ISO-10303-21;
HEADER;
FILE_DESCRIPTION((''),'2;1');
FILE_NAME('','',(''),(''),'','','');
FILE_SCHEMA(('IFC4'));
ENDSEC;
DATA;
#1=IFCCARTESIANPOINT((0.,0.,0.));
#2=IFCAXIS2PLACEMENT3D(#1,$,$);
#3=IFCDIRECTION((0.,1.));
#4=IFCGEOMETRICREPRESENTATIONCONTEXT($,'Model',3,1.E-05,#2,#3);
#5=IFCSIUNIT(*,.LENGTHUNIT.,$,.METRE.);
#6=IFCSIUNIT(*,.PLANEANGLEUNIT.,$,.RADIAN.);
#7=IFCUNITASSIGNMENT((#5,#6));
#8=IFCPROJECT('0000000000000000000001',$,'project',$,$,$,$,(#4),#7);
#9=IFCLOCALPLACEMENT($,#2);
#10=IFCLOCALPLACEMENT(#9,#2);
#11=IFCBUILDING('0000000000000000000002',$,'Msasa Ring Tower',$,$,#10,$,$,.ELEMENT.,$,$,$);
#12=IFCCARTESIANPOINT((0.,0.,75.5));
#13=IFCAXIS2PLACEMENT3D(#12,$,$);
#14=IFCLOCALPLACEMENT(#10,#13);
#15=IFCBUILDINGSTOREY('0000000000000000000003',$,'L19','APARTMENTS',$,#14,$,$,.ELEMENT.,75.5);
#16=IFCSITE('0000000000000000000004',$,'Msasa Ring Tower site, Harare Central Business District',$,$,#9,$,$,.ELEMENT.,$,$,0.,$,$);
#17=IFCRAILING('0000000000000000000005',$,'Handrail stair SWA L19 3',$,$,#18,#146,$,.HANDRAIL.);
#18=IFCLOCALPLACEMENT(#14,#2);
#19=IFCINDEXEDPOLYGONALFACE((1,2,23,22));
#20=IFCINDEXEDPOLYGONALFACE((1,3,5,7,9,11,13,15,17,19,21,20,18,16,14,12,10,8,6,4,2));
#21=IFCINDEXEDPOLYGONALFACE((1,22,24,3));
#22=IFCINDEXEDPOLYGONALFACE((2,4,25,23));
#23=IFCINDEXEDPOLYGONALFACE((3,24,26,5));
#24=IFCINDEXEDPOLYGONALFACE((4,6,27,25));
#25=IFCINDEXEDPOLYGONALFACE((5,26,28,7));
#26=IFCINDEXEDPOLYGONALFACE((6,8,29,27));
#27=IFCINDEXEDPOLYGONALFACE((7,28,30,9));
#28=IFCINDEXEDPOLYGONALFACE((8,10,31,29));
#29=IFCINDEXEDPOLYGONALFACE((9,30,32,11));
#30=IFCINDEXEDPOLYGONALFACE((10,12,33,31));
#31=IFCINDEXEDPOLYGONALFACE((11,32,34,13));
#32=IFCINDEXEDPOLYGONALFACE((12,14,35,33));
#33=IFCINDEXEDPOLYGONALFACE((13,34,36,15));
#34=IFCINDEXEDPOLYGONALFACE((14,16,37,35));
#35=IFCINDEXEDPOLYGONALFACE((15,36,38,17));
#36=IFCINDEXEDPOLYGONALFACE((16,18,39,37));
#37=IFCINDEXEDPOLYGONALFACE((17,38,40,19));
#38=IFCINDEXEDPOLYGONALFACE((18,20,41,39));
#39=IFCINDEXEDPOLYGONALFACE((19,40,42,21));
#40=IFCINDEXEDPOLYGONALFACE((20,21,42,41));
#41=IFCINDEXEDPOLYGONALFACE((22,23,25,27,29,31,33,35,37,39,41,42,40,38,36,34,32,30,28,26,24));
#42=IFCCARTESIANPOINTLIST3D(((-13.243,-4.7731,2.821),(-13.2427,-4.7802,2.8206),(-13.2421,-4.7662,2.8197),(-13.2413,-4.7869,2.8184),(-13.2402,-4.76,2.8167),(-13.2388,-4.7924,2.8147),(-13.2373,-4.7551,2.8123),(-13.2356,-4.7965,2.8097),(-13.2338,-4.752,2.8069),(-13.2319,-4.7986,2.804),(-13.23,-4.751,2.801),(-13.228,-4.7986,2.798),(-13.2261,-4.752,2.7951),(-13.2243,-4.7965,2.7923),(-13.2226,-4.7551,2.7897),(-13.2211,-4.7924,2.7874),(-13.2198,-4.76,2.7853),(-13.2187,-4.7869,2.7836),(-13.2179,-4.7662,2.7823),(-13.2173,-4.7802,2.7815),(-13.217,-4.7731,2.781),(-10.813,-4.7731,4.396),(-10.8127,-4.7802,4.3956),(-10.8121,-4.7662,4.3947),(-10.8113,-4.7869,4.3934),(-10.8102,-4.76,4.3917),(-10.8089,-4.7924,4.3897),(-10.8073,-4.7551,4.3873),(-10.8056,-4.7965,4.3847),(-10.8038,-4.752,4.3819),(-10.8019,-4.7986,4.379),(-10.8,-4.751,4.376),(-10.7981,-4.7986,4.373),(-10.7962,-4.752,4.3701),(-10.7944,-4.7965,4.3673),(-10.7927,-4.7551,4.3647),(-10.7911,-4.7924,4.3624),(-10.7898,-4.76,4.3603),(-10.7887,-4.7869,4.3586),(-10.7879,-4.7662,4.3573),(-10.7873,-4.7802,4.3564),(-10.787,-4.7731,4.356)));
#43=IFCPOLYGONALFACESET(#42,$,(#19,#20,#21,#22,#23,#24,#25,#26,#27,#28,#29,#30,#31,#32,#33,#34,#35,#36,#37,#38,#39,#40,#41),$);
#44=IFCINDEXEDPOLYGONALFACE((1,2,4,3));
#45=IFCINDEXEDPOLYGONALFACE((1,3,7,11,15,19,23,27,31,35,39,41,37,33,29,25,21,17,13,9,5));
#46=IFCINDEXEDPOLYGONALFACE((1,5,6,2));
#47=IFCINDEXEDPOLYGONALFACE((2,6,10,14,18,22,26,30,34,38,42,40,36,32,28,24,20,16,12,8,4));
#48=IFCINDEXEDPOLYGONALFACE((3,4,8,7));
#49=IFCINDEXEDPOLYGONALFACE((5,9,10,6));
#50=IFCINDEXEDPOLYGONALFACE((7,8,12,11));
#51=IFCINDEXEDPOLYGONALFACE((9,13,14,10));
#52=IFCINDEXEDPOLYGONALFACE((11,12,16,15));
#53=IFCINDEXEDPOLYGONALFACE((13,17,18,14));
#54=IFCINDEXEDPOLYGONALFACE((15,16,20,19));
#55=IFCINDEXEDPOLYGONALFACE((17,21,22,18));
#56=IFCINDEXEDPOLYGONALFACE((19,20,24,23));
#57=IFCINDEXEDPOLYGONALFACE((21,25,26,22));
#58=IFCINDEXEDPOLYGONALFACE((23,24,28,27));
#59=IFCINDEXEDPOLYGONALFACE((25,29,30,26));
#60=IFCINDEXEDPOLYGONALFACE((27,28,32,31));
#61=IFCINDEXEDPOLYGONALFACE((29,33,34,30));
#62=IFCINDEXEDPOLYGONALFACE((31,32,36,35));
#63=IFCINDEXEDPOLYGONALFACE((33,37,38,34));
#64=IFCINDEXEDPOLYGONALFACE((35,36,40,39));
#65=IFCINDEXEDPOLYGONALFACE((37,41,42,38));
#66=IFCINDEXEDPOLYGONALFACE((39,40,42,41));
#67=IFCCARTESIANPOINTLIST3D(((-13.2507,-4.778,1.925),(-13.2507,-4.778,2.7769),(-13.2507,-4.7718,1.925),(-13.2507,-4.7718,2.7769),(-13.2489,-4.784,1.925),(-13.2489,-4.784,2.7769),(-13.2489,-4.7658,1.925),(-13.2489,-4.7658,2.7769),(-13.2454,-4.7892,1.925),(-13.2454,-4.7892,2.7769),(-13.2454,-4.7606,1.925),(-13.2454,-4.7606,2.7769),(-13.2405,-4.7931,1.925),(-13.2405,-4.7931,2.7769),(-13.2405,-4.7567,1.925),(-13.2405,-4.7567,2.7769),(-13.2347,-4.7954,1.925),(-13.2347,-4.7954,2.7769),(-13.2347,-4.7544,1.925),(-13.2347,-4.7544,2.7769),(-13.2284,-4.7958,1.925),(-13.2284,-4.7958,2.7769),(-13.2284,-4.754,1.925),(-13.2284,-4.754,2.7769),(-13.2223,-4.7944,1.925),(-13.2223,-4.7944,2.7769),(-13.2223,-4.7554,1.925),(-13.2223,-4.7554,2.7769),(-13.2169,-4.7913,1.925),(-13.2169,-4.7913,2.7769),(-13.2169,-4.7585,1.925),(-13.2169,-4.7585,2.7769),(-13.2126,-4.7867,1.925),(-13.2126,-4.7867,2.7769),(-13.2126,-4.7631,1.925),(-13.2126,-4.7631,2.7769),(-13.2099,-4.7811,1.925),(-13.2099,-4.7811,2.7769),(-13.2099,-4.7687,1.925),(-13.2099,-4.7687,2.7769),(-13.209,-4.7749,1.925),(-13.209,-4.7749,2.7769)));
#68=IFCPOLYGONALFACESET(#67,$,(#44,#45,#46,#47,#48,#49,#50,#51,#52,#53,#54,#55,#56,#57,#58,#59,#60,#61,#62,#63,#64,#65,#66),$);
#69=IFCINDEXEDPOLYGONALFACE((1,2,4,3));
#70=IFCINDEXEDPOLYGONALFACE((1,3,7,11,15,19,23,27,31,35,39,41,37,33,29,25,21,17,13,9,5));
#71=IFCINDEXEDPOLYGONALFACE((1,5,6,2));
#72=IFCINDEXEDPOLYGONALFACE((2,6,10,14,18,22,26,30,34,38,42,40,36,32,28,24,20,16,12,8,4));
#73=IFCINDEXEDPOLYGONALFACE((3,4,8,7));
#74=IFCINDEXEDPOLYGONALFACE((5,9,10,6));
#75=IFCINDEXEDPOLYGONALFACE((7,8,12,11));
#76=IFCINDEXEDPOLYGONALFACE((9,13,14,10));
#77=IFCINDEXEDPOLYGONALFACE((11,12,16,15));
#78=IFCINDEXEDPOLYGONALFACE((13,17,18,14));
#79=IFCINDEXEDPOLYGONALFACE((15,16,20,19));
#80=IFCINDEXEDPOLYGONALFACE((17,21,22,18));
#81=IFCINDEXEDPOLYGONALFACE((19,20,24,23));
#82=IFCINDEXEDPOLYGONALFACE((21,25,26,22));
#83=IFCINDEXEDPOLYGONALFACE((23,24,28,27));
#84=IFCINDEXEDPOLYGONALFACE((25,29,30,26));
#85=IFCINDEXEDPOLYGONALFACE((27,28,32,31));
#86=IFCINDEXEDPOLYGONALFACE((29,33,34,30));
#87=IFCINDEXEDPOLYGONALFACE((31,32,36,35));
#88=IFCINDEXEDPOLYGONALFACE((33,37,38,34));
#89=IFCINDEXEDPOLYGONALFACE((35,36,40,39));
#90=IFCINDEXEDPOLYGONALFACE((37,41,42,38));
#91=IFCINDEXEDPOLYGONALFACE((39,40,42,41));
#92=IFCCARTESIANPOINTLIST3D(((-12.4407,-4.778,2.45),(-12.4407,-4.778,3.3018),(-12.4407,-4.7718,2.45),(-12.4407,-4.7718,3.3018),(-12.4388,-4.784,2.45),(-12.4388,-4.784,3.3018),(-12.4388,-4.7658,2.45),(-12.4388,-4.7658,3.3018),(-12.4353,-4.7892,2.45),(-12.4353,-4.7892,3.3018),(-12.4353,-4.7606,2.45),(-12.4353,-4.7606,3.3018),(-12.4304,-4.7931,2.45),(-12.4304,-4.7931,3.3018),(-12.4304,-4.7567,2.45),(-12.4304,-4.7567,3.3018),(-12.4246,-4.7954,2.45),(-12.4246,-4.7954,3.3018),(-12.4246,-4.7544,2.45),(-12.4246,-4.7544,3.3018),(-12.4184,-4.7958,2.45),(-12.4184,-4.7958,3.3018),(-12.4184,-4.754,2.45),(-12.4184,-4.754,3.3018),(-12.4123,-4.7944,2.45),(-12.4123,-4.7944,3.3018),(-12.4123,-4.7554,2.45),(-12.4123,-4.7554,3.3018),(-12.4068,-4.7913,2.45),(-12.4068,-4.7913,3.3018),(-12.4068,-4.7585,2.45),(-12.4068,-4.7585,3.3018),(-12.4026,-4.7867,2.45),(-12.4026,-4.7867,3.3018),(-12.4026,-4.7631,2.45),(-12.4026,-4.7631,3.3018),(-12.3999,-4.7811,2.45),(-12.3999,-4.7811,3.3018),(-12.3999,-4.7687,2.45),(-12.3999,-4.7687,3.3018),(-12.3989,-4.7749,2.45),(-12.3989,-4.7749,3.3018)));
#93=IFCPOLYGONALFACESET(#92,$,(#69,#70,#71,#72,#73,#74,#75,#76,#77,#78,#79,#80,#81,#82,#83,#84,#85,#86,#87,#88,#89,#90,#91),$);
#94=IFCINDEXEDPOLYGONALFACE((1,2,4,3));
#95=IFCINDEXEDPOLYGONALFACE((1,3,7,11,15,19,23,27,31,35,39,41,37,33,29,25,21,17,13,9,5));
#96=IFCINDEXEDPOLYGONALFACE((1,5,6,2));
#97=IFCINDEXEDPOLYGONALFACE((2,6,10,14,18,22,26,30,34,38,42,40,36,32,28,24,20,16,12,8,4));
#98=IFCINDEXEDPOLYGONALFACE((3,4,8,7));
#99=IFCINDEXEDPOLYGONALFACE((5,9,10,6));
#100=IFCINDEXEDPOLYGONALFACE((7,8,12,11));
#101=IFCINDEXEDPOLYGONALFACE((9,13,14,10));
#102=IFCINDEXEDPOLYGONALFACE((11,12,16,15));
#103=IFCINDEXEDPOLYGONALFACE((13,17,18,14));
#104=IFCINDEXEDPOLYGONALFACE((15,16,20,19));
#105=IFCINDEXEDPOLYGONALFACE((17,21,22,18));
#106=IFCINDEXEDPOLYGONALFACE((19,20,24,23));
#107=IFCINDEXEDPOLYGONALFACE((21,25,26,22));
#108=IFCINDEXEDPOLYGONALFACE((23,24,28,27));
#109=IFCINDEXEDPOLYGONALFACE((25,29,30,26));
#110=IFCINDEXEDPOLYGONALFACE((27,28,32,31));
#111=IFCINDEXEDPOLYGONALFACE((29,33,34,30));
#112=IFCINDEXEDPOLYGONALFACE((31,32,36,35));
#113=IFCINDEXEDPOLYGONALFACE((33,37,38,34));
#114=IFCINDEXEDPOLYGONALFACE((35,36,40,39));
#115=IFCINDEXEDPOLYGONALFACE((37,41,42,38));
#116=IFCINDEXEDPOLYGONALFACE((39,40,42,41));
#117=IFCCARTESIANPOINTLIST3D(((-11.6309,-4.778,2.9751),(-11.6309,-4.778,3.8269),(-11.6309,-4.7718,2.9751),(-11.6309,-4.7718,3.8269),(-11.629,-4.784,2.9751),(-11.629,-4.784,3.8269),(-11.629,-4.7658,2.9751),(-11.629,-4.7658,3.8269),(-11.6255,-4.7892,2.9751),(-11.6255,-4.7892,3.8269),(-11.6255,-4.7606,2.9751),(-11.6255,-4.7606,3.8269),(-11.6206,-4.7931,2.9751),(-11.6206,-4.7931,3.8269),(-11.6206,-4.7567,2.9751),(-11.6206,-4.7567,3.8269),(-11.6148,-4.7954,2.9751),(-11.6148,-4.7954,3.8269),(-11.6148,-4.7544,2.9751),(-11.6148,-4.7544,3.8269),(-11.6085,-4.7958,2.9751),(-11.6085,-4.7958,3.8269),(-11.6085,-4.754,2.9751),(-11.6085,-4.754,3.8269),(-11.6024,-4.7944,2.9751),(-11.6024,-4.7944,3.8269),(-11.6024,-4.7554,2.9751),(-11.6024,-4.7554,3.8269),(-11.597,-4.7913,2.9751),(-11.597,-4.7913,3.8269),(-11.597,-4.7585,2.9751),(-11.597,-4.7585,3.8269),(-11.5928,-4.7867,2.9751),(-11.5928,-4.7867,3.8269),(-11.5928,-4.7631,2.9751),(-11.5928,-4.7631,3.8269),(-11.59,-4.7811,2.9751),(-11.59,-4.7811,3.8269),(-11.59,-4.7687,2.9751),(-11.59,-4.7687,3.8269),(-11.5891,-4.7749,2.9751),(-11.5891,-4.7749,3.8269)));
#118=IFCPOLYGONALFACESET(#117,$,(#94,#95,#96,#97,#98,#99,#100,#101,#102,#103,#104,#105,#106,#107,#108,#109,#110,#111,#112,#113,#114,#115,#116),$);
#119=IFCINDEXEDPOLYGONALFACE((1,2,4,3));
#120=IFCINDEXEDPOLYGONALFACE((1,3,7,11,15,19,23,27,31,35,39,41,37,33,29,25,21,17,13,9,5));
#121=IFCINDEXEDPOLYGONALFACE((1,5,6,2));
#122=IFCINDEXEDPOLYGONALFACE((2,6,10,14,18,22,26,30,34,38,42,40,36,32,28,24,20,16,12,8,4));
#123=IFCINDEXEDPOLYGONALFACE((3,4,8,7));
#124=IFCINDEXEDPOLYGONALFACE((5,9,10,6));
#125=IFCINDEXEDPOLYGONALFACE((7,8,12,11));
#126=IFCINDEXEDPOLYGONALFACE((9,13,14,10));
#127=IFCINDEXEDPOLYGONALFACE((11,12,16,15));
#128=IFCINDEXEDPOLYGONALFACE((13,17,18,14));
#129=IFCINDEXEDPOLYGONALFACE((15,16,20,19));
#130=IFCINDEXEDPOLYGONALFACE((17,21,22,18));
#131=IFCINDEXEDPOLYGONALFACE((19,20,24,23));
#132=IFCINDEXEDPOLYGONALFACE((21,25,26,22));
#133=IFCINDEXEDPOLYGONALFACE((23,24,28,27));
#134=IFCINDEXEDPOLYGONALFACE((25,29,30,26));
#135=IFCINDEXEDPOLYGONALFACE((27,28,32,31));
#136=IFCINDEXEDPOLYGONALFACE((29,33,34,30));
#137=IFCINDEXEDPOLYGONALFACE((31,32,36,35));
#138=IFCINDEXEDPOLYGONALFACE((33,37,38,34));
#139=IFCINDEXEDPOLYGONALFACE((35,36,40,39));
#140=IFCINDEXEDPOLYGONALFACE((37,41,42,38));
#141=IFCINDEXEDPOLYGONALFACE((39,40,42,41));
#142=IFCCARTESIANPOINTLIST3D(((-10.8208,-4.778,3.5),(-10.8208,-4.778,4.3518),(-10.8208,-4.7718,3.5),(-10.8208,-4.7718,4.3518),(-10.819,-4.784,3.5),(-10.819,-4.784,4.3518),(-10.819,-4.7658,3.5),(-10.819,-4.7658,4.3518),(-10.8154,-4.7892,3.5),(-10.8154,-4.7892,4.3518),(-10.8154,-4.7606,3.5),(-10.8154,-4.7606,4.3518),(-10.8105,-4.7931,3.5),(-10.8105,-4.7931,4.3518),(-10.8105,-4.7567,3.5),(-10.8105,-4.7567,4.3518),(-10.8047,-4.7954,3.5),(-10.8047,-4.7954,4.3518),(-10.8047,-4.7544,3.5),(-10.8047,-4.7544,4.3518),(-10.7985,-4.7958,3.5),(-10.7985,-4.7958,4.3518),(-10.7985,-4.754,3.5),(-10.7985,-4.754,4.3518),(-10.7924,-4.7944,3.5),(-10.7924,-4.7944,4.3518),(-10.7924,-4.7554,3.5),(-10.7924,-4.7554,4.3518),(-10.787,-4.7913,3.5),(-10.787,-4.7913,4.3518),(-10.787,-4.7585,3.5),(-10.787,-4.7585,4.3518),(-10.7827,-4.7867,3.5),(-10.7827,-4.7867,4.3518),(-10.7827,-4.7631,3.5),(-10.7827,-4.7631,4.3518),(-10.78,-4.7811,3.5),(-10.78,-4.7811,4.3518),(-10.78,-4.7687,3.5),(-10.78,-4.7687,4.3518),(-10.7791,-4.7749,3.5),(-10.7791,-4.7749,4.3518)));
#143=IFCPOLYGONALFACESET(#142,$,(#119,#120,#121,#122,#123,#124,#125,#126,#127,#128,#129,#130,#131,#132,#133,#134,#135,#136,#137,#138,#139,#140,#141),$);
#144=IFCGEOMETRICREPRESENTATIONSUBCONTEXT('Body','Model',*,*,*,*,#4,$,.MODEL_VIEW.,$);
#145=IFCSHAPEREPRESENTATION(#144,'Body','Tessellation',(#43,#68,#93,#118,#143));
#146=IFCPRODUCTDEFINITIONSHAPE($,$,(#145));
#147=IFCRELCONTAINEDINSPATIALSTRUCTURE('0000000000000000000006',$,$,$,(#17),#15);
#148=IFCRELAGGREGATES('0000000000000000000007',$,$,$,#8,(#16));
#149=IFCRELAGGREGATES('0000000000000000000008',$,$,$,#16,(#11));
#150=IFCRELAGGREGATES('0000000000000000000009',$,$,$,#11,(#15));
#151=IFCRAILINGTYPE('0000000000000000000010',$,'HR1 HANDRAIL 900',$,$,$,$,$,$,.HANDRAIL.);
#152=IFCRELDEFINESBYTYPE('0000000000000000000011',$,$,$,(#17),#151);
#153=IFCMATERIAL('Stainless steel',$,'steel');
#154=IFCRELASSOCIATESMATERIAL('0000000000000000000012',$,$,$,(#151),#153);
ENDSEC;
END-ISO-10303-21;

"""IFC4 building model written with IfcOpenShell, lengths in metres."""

from ifc_helpers import new_model, si_unit, direction, frame, origin, origin_2d, place, context, subcontext, project, spatial, circle, extrude, material, type_object, element, save


model = new_model("IFC4")

# Units and contexts
model_context = context("Model", 3, precision=1e-05, world=origin(), true_north=direction((0.0, 1.0)))
body_context = subcontext(model_context, "Body", "Model", "MODEL_VIEW")
ifc_project = project(units=[si_unit("LENGTHUNIT", "METRE"), si_unit("PLANEANGLEUNIT", "RADIAN")], contexts=[model_context])

# Site, building, storey
site_placement = place(None, origin())
site = spatial("IfcSite", under=ifc_project, at=site_placement, Name="Msasa Ring Tower site, Harare Central Business District", CompositionType="ELEMENT", RefElevation=0.0)
building_placement = place(site_placement, origin())
building = spatial("IfcBuilding", under=site, at=building_placement, Name="Msasa Ring Tower", CompositionType="ELEMENT")
storey_placement = place(building_placement, frame((0.0, 0.0, 75.5)))
storey = spatial("IfcBuildingStorey", under=building, at=storey_placement, Name="L19", Description="APARTMENTS", CompositionType="ELEMENT", Elevation=75.5)

# Railing
ifc_material_1 = material(Name="Stainless steel", Category="steel")
railing_type = type_object("IfcRailingType", Name="HR1 HANDRAIL 900", PredefinedType="HANDRAIL", material=ifc_material_1)
for number, where, name in (
    (1, (-13.23, -4.7749, 1.925), "Handrail stair SWA L19 3"),
):
    element("IfcRailing", number, at=place(storey_placement, frame(where)), inside=storey, type_object=railing_type, Name=name, PredefinedType="HANDRAIL", context=body_context, shape_type="SweptSolid", body=[
        extrude(circle(Radius=0.0239, at=origin_2d()), frame((0.0, 0.0, 0.876), z_axis=(0.839154, 0.0, 0.543894), x_axis=(0.0, 1.0, 0.0)), (0.0, 0.0, 1.0), 2.8958),
        extrude(circle(Radius=0.021, at=origin_2d()), origin(), (0.0, 0.0, 1.0), 0.8518),
        extrude(circle(Radius=0.021, at=origin_2d()), frame((0.8101, 0.0, 0.5249)), (0.0, 0.0, 1.0), 0.8518),
        extrude(circle(Radius=0.021, at=origin_2d()), frame((1.6199, 0.0, 1.05)), (0.0, 0.0, 1.0), 0.8518),
        extrude(circle(Radius=0.021, at=origin_2d()), frame((2.4299, 0.0, 1.575)), (0.0, 0.0, 1.0), 0.8518),
    ])

save(model, "model.ifc")
